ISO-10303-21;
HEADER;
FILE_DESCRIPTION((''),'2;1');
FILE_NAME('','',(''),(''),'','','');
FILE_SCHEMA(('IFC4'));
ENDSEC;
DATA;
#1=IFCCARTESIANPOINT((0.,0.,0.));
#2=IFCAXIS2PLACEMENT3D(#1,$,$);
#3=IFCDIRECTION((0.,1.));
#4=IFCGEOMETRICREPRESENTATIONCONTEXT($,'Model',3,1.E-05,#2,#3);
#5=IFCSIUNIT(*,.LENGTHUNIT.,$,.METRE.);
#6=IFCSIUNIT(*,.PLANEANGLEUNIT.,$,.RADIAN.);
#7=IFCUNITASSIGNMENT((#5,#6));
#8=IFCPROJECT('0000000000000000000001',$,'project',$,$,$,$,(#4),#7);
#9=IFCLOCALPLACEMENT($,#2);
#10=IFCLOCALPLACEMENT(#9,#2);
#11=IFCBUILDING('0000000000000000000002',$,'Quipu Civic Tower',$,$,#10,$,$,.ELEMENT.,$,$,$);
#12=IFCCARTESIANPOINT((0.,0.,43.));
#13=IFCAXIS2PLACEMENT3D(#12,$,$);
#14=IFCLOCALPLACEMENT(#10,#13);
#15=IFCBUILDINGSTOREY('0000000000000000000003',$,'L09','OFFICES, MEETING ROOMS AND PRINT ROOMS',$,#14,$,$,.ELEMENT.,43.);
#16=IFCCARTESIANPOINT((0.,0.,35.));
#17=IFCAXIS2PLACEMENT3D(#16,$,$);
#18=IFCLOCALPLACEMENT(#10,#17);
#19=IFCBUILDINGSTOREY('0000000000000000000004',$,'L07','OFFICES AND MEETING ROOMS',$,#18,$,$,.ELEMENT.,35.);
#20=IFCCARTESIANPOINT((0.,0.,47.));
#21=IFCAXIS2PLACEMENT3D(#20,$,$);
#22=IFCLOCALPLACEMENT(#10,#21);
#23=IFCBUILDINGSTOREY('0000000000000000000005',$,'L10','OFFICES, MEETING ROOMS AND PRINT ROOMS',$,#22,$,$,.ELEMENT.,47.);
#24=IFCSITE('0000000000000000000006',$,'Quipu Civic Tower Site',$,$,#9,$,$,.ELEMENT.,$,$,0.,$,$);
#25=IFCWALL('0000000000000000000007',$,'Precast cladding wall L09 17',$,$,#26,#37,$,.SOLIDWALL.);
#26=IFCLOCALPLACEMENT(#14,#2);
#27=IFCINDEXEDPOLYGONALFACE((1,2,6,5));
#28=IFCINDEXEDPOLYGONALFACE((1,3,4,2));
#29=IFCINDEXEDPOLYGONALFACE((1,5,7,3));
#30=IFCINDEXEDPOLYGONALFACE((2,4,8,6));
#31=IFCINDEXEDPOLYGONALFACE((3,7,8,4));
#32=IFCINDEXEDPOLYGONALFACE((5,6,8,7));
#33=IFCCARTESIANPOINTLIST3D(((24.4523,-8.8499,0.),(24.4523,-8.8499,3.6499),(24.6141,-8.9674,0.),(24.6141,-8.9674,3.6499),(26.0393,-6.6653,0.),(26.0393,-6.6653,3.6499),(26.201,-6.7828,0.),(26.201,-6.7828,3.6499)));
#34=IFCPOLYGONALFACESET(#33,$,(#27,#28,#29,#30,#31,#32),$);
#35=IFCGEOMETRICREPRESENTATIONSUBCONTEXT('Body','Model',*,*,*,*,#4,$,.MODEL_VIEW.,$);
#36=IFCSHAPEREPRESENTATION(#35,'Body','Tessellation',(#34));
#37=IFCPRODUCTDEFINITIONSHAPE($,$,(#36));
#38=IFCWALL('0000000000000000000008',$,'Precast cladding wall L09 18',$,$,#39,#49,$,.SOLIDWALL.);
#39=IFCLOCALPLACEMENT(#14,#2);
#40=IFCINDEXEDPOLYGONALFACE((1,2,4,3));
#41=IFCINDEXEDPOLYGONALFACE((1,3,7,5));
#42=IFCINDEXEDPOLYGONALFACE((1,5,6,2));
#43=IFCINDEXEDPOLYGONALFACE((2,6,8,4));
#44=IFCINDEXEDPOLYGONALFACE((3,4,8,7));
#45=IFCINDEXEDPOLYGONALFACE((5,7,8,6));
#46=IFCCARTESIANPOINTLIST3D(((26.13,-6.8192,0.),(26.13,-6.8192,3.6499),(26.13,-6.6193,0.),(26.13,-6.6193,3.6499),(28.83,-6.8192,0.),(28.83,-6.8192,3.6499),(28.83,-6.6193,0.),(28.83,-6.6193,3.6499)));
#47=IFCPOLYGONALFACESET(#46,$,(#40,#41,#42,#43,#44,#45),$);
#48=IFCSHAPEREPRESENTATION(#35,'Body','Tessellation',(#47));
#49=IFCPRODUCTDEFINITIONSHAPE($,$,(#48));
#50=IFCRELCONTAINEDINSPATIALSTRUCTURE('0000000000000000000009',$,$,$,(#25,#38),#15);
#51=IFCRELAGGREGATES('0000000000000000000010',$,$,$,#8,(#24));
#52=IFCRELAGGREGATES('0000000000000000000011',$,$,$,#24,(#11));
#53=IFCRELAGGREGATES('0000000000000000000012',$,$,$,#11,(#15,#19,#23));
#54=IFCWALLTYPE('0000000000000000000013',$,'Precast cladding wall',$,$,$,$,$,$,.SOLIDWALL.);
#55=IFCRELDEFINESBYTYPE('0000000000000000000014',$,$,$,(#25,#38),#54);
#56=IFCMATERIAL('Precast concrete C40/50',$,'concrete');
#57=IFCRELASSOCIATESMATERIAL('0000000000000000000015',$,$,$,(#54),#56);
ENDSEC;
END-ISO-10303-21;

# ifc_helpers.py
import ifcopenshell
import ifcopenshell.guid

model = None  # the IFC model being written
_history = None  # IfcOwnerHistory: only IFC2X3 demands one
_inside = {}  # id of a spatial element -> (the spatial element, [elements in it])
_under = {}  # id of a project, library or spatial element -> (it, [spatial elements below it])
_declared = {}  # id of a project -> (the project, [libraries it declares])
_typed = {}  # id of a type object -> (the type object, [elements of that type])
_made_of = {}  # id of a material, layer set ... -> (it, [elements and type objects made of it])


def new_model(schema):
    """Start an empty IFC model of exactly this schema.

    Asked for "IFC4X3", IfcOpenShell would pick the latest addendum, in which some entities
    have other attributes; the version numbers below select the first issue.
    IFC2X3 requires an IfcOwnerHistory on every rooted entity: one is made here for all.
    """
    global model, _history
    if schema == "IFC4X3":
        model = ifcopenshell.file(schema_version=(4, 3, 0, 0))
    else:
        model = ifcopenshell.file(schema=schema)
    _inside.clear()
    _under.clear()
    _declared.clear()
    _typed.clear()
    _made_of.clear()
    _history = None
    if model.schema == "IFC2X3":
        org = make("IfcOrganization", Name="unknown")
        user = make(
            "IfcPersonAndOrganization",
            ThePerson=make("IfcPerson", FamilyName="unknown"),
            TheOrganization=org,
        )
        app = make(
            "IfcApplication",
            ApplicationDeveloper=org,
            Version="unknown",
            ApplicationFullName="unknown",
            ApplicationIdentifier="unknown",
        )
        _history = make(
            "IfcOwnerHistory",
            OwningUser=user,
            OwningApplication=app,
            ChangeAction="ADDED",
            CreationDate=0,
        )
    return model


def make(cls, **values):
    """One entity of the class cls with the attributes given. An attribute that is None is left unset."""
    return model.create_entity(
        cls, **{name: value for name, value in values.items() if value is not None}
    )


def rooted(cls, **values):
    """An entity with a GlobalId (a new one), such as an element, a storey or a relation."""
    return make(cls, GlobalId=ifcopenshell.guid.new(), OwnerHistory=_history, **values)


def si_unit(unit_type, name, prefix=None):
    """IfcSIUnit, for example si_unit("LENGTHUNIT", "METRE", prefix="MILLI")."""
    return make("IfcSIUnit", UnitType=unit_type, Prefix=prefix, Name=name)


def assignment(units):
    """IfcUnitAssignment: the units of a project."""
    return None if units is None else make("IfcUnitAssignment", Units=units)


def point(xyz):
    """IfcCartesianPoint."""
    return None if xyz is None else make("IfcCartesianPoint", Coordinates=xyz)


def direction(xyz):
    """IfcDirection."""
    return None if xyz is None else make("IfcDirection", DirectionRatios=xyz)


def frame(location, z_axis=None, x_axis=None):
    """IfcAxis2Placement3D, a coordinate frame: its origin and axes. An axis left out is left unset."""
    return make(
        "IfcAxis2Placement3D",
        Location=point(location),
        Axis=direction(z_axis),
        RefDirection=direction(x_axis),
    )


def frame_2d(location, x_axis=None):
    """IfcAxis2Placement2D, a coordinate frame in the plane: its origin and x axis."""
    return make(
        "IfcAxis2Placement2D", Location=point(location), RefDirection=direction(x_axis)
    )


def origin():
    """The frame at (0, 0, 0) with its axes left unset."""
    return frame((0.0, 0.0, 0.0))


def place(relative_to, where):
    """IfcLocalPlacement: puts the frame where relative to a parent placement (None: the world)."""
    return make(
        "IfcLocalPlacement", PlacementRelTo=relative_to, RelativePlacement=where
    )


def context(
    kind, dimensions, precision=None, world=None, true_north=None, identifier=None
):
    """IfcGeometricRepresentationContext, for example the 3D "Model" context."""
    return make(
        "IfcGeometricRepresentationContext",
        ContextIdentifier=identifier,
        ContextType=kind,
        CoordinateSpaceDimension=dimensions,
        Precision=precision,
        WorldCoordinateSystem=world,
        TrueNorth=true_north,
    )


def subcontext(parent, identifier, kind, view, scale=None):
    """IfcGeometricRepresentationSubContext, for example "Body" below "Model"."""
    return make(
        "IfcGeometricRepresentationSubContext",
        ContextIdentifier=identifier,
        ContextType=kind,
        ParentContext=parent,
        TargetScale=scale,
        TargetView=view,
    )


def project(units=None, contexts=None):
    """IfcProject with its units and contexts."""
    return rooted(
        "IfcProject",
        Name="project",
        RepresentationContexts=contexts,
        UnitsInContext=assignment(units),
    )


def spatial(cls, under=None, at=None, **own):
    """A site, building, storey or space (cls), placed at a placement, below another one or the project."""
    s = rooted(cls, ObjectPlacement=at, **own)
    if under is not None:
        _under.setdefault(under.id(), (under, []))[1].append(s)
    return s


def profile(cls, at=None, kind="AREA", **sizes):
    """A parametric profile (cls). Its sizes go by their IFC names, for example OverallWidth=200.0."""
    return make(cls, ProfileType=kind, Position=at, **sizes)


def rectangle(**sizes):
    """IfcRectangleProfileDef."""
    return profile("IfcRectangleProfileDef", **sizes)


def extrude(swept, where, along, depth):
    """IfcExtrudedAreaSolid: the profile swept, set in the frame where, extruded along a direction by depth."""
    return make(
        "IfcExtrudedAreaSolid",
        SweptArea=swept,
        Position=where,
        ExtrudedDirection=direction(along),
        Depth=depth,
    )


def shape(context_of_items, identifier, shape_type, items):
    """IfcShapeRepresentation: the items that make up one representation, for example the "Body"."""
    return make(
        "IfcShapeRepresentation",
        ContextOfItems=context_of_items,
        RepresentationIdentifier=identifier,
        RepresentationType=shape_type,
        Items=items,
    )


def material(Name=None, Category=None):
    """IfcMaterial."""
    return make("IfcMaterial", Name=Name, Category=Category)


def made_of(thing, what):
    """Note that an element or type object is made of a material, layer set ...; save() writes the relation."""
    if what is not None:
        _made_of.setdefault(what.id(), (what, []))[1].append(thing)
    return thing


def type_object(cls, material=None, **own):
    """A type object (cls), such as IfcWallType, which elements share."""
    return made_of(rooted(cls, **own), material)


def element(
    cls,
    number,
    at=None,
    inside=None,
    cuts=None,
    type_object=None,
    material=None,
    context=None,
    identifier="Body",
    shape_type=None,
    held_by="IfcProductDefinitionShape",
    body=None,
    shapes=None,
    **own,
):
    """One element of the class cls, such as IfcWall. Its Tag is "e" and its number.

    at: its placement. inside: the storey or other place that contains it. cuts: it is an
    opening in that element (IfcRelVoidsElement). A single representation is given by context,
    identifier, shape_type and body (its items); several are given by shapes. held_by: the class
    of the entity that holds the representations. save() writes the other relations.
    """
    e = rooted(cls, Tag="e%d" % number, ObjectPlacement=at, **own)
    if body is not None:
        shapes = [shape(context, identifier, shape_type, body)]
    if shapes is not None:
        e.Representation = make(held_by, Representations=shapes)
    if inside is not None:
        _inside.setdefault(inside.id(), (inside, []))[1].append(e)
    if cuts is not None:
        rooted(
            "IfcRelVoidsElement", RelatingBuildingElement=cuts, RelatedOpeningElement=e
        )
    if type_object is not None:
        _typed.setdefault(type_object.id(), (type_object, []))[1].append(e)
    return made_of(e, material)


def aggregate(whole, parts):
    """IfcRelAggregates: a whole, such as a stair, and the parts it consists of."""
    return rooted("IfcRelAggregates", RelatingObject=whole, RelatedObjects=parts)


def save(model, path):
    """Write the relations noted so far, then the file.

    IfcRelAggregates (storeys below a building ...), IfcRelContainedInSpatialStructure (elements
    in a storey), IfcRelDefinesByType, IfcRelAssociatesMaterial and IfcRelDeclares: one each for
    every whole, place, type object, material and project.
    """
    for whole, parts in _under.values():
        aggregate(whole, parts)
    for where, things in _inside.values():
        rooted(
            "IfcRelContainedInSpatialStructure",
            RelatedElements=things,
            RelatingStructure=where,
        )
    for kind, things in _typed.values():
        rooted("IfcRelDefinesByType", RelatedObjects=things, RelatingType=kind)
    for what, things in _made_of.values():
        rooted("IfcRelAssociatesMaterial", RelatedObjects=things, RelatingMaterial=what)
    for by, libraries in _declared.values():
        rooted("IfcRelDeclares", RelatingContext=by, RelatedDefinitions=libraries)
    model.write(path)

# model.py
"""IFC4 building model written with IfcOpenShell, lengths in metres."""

from ifc_helpers import new_model, si_unit, direction, frame, frame_2d, origin, place, context, subcontext, project, spatial, rectangle, extrude, material, type_object, element, save


model = new_model("IFC4")

# Units and contexts
model_context = context("Model", 3, precision=1e-05, world=origin(), true_north=direction((0.0, 1.0)))
body_context = subcontext(model_context, "Body", "Model", "MODEL_VIEW")
ifc_project = project(units=[si_unit("LENGTHUNIT", "METRE"), si_unit("PLANEANGLEUNIT", "RADIAN")], contexts=[model_context])

# Site, building, storey
site_placement = place(None, origin())
site = spatial("IfcSite", under=ifc_project, at=site_placement, Name="Quipu Civic Tower Site", CompositionType="ELEMENT", RefElevation=0.0)
building_placement = place(site_placement, origin())
building = spatial("IfcBuilding", under=site, at=building_placement, Name="Quipu Civic Tower", CompositionType="ELEMENT")
storey_1_placement = place(building_placement, frame((0.0, 0.0, 43.0)))
storey_1 = spatial("IfcBuildingStorey", under=building, at=storey_1_placement, Name="L09", Description="OFFICES, MEETING ROOMS AND PRINT ROOMS", CompositionType="ELEMENT", Elevation=43.0)

# Shared definitions
storey_2_placement = place(building_placement, frame((0.0, 0.0, 35.0)))
storey_2 = spatial("IfcBuildingStorey", under=building, at=storey_2_placement, Name="L07", Description="OFFICES AND MEETING ROOMS", CompositionType="ELEMENT", Elevation=35.0)

# Shared definitions
storey_3_placement = place(building_placement, frame((0.0, 0.0, 47.0)))
storey_3 = spatial("IfcBuildingStorey", under=building, at=storey_3_placement, Name="L10", Description="OFFICES, MEETING ROOMS AND PRINT ROOMS", CompositionType="ELEMENT", Elevation=47.0)

# Walls
ifc_material_1 = material(Name="Precast concrete C40/50", Category="concrete")
wall_type_1 = type_object("IfcWallType", Name="Precast cladding wall", PredefinedType="SOLIDWALL", material=ifc_material_1)
wall_1_placement = place(storey_1_placement, frame((24.5332, -8.9087, 0.0), z_axis=(0.0, 0.0, 1.0), x_axis=(0.58772, 0.809064, 0.0)))
element("IfcWall", 1, at=wall_1_placement, inside=storey_1, type_object=wall_type_1, Name="Precast cladding wall L09 17", PredefinedType="SOLIDWALL", context=body_context, shape_type="SweptSolid", body=[
    extrude(rectangle(XDim=2.7002, YDim=0.2, at=frame_2d((1.3501, 0.0))), origin(), (0.0, 0.0, 1.0), 3.6499),
])
wall_2_placement = place(storey_1_placement, frame((26.1299, -6.7192, 0.0), z_axis=(0.0, 0.0, 1.0), x_axis=(1.0, 0.0, 0.0)))
element("IfcWall", 2, at=wall_2_placement, inside=storey_1, type_object=wall_type_1, Name="Precast cladding wall L09 18", PredefinedType="SOLIDWALL", context=body_context, shape_type="SweptSolid", body=[
    extrude(rectangle(XDim=2.7, YDim=0.2, at=frame_2d((1.3501, 0.0))), origin(), (0.0, 0.0, 1.0), 3.6499),
])

save(model, "model.ifc")
